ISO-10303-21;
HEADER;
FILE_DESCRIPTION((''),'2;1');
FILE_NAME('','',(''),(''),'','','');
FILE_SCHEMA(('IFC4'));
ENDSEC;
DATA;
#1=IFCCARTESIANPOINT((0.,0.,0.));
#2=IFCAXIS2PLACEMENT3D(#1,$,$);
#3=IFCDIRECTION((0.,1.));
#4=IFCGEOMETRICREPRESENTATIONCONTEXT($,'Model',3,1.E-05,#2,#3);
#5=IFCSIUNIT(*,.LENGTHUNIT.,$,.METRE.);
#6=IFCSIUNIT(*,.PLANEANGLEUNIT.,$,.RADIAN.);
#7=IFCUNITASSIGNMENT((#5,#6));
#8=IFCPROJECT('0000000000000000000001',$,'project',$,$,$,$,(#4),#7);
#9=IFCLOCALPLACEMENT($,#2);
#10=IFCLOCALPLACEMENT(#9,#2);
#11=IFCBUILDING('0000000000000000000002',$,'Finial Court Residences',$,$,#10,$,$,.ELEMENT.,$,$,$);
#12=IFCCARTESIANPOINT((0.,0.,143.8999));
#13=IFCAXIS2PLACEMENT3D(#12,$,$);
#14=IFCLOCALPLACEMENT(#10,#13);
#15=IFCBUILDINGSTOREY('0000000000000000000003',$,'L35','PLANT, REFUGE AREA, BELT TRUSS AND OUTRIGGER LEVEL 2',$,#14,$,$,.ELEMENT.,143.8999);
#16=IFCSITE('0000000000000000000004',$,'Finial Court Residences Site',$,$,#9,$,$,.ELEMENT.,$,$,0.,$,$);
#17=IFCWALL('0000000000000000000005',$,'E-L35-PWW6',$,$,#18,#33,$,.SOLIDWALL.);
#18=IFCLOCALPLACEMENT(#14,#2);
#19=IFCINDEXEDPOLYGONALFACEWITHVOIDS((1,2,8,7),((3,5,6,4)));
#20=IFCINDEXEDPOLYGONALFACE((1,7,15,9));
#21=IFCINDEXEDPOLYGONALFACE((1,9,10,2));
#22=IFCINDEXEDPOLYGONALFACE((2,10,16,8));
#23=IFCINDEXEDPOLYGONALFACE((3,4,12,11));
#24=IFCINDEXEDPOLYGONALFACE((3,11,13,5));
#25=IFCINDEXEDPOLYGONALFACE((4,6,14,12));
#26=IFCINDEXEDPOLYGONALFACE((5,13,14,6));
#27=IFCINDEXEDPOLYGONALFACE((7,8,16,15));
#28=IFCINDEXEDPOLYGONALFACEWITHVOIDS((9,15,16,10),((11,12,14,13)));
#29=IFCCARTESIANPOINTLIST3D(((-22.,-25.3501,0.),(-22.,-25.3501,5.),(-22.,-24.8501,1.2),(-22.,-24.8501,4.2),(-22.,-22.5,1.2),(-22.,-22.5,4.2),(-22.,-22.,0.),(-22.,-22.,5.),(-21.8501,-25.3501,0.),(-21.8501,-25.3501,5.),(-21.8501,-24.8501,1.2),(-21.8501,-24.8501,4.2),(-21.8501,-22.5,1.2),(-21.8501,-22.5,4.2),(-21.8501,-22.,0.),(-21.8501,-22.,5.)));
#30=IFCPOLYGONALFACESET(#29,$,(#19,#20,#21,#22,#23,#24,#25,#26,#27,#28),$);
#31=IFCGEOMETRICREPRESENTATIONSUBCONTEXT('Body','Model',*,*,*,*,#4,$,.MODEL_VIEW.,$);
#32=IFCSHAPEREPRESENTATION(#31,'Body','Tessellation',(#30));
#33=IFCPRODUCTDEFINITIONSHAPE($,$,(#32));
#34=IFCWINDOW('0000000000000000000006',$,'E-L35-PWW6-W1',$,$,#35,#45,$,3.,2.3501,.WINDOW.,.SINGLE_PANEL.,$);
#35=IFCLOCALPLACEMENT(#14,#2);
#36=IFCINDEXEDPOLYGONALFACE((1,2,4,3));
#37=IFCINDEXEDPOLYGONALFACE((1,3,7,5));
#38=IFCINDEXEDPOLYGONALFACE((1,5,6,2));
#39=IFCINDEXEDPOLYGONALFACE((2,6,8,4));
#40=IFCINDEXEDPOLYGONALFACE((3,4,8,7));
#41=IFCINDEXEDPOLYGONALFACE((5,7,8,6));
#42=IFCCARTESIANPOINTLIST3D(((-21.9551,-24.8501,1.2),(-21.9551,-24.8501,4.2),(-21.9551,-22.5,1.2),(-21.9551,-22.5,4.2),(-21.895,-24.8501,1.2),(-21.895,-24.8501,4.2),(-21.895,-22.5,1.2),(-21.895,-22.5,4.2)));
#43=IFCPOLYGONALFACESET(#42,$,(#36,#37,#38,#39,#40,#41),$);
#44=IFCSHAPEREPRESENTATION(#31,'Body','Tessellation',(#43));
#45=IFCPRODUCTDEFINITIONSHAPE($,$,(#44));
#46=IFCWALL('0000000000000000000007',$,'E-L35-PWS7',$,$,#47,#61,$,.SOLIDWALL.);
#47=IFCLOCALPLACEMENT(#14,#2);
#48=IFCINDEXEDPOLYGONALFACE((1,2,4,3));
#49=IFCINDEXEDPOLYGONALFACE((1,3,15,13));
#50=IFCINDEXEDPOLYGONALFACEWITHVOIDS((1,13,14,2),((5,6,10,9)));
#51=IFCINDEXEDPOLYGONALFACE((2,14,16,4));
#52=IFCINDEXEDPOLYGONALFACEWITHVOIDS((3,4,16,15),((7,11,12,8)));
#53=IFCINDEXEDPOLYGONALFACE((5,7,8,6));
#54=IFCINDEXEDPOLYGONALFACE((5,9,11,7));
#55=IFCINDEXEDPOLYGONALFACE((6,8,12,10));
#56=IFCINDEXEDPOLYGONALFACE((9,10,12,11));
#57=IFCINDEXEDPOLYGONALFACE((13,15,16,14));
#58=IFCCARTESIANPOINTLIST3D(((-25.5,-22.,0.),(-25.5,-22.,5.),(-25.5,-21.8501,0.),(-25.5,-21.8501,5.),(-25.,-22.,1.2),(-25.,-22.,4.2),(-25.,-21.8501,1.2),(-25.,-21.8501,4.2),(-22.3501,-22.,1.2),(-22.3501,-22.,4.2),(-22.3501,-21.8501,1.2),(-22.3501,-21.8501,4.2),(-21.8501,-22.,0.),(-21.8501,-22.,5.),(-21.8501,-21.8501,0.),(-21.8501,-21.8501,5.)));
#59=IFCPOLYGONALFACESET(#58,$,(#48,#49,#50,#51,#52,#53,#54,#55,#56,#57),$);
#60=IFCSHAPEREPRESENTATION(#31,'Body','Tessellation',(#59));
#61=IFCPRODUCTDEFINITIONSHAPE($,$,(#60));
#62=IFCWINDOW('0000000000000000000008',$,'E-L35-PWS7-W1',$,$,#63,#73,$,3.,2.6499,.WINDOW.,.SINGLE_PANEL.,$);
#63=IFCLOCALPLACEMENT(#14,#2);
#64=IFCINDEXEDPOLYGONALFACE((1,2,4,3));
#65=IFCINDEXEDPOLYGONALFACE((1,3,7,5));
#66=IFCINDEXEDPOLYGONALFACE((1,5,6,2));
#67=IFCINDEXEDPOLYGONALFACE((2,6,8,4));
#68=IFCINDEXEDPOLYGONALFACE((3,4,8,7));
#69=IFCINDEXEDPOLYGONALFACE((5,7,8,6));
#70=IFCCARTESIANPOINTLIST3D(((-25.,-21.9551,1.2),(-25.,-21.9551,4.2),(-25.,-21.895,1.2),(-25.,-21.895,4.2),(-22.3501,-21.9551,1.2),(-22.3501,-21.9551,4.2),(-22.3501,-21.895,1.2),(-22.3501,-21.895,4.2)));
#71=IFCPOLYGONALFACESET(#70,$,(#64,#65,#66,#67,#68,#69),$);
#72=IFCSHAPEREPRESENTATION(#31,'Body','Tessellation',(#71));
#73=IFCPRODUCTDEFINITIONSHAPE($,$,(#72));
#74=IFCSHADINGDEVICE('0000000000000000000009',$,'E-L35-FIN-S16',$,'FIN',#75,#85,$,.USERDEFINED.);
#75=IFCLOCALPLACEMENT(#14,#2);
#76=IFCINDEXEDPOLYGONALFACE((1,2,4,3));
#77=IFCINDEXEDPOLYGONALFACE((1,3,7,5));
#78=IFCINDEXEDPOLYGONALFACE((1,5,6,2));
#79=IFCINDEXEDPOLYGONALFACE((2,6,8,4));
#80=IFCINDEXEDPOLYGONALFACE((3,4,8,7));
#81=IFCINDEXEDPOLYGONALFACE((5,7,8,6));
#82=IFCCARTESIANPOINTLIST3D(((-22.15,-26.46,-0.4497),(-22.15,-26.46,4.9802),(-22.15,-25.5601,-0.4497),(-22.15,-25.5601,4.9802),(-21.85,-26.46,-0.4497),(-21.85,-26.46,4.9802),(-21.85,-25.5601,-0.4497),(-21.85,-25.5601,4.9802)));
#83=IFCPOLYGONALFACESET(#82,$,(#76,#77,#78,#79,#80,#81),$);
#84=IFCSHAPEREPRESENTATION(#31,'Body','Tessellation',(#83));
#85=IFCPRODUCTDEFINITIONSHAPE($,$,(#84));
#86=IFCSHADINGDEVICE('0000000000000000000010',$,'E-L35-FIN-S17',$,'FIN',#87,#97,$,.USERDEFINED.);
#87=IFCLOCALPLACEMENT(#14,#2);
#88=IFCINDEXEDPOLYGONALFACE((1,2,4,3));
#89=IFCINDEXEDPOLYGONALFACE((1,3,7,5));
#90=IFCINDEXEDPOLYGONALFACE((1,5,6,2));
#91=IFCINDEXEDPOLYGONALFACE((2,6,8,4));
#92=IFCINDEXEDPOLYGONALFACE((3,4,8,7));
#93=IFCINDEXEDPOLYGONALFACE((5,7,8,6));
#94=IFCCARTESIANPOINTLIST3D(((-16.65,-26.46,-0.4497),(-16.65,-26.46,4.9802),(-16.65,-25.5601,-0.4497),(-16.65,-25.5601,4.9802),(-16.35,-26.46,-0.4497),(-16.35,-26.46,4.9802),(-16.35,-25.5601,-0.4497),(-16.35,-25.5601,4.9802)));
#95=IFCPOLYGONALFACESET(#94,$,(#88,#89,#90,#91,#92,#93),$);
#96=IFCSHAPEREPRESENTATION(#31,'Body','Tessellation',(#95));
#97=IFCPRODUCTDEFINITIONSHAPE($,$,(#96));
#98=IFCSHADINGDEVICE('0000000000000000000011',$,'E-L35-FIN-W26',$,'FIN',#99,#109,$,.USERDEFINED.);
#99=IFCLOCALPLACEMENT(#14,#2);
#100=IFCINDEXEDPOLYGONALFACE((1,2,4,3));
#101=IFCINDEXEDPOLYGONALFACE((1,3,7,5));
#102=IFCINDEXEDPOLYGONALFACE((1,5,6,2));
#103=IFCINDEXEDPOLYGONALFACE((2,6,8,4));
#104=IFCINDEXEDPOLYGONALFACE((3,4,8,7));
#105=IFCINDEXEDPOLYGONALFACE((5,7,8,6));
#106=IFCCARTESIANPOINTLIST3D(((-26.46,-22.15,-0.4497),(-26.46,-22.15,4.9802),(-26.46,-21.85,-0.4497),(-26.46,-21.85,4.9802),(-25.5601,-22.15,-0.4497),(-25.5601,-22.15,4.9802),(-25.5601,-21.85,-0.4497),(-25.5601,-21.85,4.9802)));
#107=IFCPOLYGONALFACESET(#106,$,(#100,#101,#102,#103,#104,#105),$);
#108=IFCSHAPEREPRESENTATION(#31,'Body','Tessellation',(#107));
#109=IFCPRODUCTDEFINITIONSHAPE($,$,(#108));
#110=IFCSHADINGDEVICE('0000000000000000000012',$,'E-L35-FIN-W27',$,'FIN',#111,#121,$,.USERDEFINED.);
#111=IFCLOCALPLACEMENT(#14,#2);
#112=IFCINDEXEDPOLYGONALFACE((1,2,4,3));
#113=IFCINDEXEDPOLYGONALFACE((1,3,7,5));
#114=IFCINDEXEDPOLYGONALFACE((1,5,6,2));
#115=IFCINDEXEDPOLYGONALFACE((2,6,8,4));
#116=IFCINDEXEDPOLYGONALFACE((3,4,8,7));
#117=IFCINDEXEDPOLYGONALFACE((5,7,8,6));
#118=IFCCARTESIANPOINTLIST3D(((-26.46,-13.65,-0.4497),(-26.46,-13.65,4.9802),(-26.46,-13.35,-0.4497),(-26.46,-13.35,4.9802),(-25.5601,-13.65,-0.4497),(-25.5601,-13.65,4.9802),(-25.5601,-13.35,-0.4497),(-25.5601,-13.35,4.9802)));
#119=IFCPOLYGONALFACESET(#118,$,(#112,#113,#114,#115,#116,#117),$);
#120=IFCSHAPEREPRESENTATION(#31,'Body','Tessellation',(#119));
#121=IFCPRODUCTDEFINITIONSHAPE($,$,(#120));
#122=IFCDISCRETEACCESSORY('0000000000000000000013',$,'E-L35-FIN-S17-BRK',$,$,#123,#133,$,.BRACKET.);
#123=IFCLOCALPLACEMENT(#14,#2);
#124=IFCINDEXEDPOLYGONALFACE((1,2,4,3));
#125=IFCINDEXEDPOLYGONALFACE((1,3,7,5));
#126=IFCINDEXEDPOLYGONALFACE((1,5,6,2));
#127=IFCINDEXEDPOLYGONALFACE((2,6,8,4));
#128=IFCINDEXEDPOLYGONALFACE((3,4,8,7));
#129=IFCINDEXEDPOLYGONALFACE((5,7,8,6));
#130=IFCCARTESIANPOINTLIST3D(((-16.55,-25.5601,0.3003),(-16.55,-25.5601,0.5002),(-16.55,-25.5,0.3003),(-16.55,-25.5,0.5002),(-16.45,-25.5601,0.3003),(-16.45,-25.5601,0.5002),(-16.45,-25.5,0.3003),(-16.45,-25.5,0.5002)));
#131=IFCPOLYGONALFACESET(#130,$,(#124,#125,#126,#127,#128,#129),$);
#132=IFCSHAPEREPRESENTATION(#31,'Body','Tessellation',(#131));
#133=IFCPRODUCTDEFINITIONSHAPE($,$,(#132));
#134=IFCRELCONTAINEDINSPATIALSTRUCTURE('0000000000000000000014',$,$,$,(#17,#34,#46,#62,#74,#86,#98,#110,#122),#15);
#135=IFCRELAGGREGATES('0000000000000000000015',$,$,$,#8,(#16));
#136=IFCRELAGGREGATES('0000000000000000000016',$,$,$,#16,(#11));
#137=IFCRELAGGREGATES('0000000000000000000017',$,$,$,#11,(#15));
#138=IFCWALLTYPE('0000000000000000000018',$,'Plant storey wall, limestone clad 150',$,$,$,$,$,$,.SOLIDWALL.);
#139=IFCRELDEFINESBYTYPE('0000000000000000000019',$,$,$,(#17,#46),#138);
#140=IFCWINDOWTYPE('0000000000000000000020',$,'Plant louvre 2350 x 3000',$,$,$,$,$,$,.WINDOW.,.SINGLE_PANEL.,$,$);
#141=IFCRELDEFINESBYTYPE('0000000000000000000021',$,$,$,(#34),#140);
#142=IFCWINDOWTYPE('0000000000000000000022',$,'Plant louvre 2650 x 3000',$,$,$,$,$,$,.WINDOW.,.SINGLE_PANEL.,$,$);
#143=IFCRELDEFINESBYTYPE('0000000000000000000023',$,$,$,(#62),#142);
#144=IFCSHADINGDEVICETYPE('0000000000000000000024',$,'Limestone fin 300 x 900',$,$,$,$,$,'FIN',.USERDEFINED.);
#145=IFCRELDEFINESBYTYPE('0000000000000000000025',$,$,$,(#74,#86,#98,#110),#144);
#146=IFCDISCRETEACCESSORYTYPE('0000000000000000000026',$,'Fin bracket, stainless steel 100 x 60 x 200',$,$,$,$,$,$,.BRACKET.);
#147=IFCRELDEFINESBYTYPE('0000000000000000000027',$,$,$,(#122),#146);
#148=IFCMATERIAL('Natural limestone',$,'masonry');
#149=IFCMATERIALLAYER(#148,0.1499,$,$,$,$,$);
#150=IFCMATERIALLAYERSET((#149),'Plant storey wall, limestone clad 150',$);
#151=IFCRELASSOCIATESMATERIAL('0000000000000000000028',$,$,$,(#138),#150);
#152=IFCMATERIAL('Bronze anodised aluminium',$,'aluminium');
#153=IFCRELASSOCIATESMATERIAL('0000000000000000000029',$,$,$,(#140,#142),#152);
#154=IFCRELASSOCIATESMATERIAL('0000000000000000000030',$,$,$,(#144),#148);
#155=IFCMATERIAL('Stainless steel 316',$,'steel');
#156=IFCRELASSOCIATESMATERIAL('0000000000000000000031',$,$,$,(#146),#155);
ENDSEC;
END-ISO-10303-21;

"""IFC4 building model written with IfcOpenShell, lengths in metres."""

from ifc_helpers import new_model, si_unit, direction, frame, frame_2d, origin, origin_2d, place, context, subcontext, project, spatial, rectangle, extrude, material, layer, layer_set, type_object, element, fill, save


model = new_model("IFC4")

# Units and contexts
model_context = context("Model", 3, precision=1e-05, world=origin(), true_north=direction((0.0, 1.0)))
body_context = subcontext(model_context, "Body", "Model", "MODEL_VIEW")
ifc_project = project(units=[si_unit("LENGTHUNIT", "METRE"), si_unit("PLANEANGLEUNIT", "RADIAN")], contexts=[model_context])

# Site, building, storey
site_placement = place(None, origin())
site = spatial("IfcSite", under=ifc_project, at=site_placement, Name="Finial Court Residences Site", CompositionType="ELEMENT", RefElevation=0.0)
building_placement = place(site_placement, origin())
building = spatial("IfcBuilding", under=site, at=building_placement, Name="Finial Court Residences", CompositionType="ELEMENT")
storey_placement = place(building_placement, frame((0.0, 0.0, 143.8999)))
storey = spatial("IfcBuildingStorey", under=building, at=storey_placement, Name="L35", Description="PLANT, REFUGE AREA, BELT TRUSS AND OUTRIGGER LEVEL 2", CompositionType="ELEMENT", Elevation=143.8999)

# Shared definitions
ifc_material_1 = material(Name="Natural limestone", Category="masonry")
ifc_layer_1 = layer(ifc_material_1, 0.1499)
ifc_layer_set_1 = layer_set([ifc_layer_1], Name="Plant storey wall, limestone clad 150")
wall_type = type_object("IfcWallType", Name="Plant storey wall, limestone clad 150", PredefinedType="SOLIDWALL", material=ifc_layer_set_1)
ifc_material_2 = material(Name="Bronze anodised aluminium", Category="aluminium")

# Walls, openings, windows
wall_1_placement = place(storey_placement, frame((-21.925, -25.3501, 0.0), z_axis=(0.0, 0.0, 1.0), x_axis=(0.0, 1.0, 0.0)))
wall_1 = element("IfcWall", 1, at=wall_1_placement, inside=storey, type_object=wall_type, Name="E-L35-PWW6", PredefinedType="SOLIDWALL", context=body_context, shape_type="SweptSolid", body=[
    extrude(rectangle(XDim=3.3501, YDim=0.1499, at=frame_2d((1.675, 0.0))), origin(), (0.0, 0.0, 1.0), 5.0),
])
opening_1_placement = place(wall_1_placement, frame((0.5, 0.0, 1.2)))
opening_1 = element("IfcOpeningElement", 2, at=opening_1_placement, cuts=wall_1, PredefinedType="OPENING", context=body_context, shape_type="SweptSolid", body=[
    extrude(rectangle(XDim=2.3501, YDim=3.0, at=frame_2d((1.175, 1.5))), frame((0.0, 0.085, 0.0), z_axis=(0.0, -1.0, 0.0), x_axis=(1.0, 0.0, 0.0)), (0.0, 0.0, 1.0), 0.1699),
])
window_type_1 = type_object("IfcWindowType", Name="Plant louvre 2350 x 3000", PartitioningType="SINGLE_PANEL", PredefinedType="WINDOW", material=ifc_material_2)
window_1_placement = place(opening_1_placement, origin())
window_1 = element("IfcWindow", 3, at=window_1_placement, inside=storey, type_object=window_type_1, Name="E-L35-PWW6-W1", OverallHeight=3.0, OverallWidth=2.3501, PartitioningType="SINGLE_PANEL", PredefinedType="WINDOW", context=body_context, shape_type="SweptSolid", body=[
    extrude(rectangle(XDim=2.3501, YDim=3.0, at=frame_2d((1.175, 1.5))), frame((0.0, 0.03, 0.0), z_axis=(0.0, -1.0, 0.0), x_axis=(1.0, 0.0, 0.0)), (0.0, 0.0, 1.0), 0.0601),
])
fill(opening_1, window_1)
wall_2_placement = place(storey_placement, frame((-21.8501, -21.925, 0.0), z_axis=(0.0, 0.0, 1.0), x_axis=(-1.0, 0.0, 0.0)))
wall_2 = element("IfcWall", 4, at=wall_2_placement, inside=storey, type_object=wall_type, Name="E-L35-PWS7", PredefinedType="SOLIDWALL", context=body_context, shape_type="SweptSolid", body=[
    extrude(rectangle(XDim=3.6499, YDim=0.1499, at=frame_2d((1.825, 0.0))), origin(), (0.0, 0.0, 1.0), 5.0),
])
opening_2_placement = place(wall_2_placement, frame((0.5, 0.0, 1.2)))
opening_2 = element("IfcOpeningElement", 5, at=opening_2_placement, cuts=wall_2, PredefinedType="OPENING", context=body_context, shape_type="SweptSolid", body=[
    extrude(rectangle(XDim=2.6499, YDim=3.0, at=frame_2d((1.325, 1.5))), frame((0.0, 0.085, 0.0), z_axis=(0.0, -1.0, 0.0), x_axis=(1.0, 0.0, 0.0)), (0.0, 0.0, 1.0), 0.1699),
])
window_type_2 = type_object("IfcWindowType", Name="Plant louvre 2650 x 3000", PartitioningType="SINGLE_PANEL", PredefinedType="WINDOW", material=ifc_material_2)
window_2_placement = place(opening_2_placement, origin())
window_2 = element("IfcWindow", 6, at=window_2_placement, inside=storey, type_object=window_type_2, Name="E-L35-PWS7-W1", OverallHeight=3.0, OverallWidth=2.6499, PartitioningType="SINGLE_PANEL", PredefinedType="WINDOW", context=body_context, shape_type="SweptSolid", body=[
    extrude(rectangle(XDim=2.6499, YDim=3.0, at=frame_2d((1.325, 1.5))), frame((0.0, 0.03, 0.0), z_axis=(0.0, -1.0, 0.0), x_axis=(1.0, 0.0, 0.0)), (0.0, 0.0, 1.0), 0.0601),
])
fill(opening_2, window_2)

# Shading devices
shading_device_type = type_object("IfcShadingDeviceType", Name="Limestone fin 300 x 900", ElementType="FIN", PredefinedType="USERDEFINED", material=ifc_material_1)
for number, where, z_axis, x_axis, name in (
    (7, (-22.0, -26.01, -0.4497), (0.0, 0.0, 1.0), (1.0, 0.0, 0.0), "E-L35-FIN-S16"),
    (8, (-16.5, -26.01, -0.4497), (0.0, 0.0, 1.0), (1.0, 0.0, 0.0), "E-L35-FIN-S17"),
):
    element("IfcShadingDevice", number, at=place(storey_placement, frame(where, z_axis=z_axis, x_axis=x_axis)), inside=storey, type_object=shading_device_type, Name=name, ObjectType="FIN", PredefinedType="USERDEFINED", context=body_context, shape_type="SweptSolid", body=[
        extrude(rectangle(XDim=0.3, YDim=0.8999, at=origin_2d()), origin(), (0.0, 0.0, 1.0), 5.4299),
    ])
for number, where, z_axis, x_axis, name in (
    (9, (-26.01, -22.0, -0.4497), (0.0, 0.0, 1.0), (1.0, 0.0, 0.0), "E-L35-FIN-W26"),
    (10, (-26.01, -13.5, -0.4497), (0.0, 0.0, 1.0), (1.0, 0.0, 0.0), "E-L35-FIN-W27"),
):
    element("IfcShadingDevice", number, at=place(storey_placement, frame(where, z_axis=z_axis, x_axis=x_axis)), inside=storey, type_object=shading_device_type, Name=name, ObjectType="FIN", PredefinedType="USERDEFINED", context=body_context, shape_type="SweptSolid", body=[
        extrude(rectangle(XDim=0.8999, YDim=0.3, at=origin_2d()), origin(), (0.0, 0.0, 1.0), 5.4299),
    ])

# Discrete accessory
ifc_material_3 = material(Name="Stainless steel 316", Category="steel")
discrete_accessory_type = type_object("IfcDiscreteAccessoryType", Name="Fin bracket, stainless steel 100 x 60 x 200", PredefinedType="BRACKET", material=ifc_material_3)
discrete_accessory_placement = place(storey_placement, frame((-16.5, -25.53, 0.3003), z_axis=(0.0, 0.0, 1.0), x_axis=(1.0, 0.0, 0.0)))
element("IfcDiscreteAccessory", 11, at=discrete_accessory_placement, inside=storey, type_object=discrete_accessory_type, Name="E-L35-FIN-S17-BRK", PredefinedType="BRACKET", context=body_context, shape_type="SweptSolid", body=[
    extrude(rectangle(XDim=0.1001, YDim=0.0601, at=origin_2d()), origin(), (0.0, 0.0, 1.0), 0.2),
])

save(model, "model.ifc")
